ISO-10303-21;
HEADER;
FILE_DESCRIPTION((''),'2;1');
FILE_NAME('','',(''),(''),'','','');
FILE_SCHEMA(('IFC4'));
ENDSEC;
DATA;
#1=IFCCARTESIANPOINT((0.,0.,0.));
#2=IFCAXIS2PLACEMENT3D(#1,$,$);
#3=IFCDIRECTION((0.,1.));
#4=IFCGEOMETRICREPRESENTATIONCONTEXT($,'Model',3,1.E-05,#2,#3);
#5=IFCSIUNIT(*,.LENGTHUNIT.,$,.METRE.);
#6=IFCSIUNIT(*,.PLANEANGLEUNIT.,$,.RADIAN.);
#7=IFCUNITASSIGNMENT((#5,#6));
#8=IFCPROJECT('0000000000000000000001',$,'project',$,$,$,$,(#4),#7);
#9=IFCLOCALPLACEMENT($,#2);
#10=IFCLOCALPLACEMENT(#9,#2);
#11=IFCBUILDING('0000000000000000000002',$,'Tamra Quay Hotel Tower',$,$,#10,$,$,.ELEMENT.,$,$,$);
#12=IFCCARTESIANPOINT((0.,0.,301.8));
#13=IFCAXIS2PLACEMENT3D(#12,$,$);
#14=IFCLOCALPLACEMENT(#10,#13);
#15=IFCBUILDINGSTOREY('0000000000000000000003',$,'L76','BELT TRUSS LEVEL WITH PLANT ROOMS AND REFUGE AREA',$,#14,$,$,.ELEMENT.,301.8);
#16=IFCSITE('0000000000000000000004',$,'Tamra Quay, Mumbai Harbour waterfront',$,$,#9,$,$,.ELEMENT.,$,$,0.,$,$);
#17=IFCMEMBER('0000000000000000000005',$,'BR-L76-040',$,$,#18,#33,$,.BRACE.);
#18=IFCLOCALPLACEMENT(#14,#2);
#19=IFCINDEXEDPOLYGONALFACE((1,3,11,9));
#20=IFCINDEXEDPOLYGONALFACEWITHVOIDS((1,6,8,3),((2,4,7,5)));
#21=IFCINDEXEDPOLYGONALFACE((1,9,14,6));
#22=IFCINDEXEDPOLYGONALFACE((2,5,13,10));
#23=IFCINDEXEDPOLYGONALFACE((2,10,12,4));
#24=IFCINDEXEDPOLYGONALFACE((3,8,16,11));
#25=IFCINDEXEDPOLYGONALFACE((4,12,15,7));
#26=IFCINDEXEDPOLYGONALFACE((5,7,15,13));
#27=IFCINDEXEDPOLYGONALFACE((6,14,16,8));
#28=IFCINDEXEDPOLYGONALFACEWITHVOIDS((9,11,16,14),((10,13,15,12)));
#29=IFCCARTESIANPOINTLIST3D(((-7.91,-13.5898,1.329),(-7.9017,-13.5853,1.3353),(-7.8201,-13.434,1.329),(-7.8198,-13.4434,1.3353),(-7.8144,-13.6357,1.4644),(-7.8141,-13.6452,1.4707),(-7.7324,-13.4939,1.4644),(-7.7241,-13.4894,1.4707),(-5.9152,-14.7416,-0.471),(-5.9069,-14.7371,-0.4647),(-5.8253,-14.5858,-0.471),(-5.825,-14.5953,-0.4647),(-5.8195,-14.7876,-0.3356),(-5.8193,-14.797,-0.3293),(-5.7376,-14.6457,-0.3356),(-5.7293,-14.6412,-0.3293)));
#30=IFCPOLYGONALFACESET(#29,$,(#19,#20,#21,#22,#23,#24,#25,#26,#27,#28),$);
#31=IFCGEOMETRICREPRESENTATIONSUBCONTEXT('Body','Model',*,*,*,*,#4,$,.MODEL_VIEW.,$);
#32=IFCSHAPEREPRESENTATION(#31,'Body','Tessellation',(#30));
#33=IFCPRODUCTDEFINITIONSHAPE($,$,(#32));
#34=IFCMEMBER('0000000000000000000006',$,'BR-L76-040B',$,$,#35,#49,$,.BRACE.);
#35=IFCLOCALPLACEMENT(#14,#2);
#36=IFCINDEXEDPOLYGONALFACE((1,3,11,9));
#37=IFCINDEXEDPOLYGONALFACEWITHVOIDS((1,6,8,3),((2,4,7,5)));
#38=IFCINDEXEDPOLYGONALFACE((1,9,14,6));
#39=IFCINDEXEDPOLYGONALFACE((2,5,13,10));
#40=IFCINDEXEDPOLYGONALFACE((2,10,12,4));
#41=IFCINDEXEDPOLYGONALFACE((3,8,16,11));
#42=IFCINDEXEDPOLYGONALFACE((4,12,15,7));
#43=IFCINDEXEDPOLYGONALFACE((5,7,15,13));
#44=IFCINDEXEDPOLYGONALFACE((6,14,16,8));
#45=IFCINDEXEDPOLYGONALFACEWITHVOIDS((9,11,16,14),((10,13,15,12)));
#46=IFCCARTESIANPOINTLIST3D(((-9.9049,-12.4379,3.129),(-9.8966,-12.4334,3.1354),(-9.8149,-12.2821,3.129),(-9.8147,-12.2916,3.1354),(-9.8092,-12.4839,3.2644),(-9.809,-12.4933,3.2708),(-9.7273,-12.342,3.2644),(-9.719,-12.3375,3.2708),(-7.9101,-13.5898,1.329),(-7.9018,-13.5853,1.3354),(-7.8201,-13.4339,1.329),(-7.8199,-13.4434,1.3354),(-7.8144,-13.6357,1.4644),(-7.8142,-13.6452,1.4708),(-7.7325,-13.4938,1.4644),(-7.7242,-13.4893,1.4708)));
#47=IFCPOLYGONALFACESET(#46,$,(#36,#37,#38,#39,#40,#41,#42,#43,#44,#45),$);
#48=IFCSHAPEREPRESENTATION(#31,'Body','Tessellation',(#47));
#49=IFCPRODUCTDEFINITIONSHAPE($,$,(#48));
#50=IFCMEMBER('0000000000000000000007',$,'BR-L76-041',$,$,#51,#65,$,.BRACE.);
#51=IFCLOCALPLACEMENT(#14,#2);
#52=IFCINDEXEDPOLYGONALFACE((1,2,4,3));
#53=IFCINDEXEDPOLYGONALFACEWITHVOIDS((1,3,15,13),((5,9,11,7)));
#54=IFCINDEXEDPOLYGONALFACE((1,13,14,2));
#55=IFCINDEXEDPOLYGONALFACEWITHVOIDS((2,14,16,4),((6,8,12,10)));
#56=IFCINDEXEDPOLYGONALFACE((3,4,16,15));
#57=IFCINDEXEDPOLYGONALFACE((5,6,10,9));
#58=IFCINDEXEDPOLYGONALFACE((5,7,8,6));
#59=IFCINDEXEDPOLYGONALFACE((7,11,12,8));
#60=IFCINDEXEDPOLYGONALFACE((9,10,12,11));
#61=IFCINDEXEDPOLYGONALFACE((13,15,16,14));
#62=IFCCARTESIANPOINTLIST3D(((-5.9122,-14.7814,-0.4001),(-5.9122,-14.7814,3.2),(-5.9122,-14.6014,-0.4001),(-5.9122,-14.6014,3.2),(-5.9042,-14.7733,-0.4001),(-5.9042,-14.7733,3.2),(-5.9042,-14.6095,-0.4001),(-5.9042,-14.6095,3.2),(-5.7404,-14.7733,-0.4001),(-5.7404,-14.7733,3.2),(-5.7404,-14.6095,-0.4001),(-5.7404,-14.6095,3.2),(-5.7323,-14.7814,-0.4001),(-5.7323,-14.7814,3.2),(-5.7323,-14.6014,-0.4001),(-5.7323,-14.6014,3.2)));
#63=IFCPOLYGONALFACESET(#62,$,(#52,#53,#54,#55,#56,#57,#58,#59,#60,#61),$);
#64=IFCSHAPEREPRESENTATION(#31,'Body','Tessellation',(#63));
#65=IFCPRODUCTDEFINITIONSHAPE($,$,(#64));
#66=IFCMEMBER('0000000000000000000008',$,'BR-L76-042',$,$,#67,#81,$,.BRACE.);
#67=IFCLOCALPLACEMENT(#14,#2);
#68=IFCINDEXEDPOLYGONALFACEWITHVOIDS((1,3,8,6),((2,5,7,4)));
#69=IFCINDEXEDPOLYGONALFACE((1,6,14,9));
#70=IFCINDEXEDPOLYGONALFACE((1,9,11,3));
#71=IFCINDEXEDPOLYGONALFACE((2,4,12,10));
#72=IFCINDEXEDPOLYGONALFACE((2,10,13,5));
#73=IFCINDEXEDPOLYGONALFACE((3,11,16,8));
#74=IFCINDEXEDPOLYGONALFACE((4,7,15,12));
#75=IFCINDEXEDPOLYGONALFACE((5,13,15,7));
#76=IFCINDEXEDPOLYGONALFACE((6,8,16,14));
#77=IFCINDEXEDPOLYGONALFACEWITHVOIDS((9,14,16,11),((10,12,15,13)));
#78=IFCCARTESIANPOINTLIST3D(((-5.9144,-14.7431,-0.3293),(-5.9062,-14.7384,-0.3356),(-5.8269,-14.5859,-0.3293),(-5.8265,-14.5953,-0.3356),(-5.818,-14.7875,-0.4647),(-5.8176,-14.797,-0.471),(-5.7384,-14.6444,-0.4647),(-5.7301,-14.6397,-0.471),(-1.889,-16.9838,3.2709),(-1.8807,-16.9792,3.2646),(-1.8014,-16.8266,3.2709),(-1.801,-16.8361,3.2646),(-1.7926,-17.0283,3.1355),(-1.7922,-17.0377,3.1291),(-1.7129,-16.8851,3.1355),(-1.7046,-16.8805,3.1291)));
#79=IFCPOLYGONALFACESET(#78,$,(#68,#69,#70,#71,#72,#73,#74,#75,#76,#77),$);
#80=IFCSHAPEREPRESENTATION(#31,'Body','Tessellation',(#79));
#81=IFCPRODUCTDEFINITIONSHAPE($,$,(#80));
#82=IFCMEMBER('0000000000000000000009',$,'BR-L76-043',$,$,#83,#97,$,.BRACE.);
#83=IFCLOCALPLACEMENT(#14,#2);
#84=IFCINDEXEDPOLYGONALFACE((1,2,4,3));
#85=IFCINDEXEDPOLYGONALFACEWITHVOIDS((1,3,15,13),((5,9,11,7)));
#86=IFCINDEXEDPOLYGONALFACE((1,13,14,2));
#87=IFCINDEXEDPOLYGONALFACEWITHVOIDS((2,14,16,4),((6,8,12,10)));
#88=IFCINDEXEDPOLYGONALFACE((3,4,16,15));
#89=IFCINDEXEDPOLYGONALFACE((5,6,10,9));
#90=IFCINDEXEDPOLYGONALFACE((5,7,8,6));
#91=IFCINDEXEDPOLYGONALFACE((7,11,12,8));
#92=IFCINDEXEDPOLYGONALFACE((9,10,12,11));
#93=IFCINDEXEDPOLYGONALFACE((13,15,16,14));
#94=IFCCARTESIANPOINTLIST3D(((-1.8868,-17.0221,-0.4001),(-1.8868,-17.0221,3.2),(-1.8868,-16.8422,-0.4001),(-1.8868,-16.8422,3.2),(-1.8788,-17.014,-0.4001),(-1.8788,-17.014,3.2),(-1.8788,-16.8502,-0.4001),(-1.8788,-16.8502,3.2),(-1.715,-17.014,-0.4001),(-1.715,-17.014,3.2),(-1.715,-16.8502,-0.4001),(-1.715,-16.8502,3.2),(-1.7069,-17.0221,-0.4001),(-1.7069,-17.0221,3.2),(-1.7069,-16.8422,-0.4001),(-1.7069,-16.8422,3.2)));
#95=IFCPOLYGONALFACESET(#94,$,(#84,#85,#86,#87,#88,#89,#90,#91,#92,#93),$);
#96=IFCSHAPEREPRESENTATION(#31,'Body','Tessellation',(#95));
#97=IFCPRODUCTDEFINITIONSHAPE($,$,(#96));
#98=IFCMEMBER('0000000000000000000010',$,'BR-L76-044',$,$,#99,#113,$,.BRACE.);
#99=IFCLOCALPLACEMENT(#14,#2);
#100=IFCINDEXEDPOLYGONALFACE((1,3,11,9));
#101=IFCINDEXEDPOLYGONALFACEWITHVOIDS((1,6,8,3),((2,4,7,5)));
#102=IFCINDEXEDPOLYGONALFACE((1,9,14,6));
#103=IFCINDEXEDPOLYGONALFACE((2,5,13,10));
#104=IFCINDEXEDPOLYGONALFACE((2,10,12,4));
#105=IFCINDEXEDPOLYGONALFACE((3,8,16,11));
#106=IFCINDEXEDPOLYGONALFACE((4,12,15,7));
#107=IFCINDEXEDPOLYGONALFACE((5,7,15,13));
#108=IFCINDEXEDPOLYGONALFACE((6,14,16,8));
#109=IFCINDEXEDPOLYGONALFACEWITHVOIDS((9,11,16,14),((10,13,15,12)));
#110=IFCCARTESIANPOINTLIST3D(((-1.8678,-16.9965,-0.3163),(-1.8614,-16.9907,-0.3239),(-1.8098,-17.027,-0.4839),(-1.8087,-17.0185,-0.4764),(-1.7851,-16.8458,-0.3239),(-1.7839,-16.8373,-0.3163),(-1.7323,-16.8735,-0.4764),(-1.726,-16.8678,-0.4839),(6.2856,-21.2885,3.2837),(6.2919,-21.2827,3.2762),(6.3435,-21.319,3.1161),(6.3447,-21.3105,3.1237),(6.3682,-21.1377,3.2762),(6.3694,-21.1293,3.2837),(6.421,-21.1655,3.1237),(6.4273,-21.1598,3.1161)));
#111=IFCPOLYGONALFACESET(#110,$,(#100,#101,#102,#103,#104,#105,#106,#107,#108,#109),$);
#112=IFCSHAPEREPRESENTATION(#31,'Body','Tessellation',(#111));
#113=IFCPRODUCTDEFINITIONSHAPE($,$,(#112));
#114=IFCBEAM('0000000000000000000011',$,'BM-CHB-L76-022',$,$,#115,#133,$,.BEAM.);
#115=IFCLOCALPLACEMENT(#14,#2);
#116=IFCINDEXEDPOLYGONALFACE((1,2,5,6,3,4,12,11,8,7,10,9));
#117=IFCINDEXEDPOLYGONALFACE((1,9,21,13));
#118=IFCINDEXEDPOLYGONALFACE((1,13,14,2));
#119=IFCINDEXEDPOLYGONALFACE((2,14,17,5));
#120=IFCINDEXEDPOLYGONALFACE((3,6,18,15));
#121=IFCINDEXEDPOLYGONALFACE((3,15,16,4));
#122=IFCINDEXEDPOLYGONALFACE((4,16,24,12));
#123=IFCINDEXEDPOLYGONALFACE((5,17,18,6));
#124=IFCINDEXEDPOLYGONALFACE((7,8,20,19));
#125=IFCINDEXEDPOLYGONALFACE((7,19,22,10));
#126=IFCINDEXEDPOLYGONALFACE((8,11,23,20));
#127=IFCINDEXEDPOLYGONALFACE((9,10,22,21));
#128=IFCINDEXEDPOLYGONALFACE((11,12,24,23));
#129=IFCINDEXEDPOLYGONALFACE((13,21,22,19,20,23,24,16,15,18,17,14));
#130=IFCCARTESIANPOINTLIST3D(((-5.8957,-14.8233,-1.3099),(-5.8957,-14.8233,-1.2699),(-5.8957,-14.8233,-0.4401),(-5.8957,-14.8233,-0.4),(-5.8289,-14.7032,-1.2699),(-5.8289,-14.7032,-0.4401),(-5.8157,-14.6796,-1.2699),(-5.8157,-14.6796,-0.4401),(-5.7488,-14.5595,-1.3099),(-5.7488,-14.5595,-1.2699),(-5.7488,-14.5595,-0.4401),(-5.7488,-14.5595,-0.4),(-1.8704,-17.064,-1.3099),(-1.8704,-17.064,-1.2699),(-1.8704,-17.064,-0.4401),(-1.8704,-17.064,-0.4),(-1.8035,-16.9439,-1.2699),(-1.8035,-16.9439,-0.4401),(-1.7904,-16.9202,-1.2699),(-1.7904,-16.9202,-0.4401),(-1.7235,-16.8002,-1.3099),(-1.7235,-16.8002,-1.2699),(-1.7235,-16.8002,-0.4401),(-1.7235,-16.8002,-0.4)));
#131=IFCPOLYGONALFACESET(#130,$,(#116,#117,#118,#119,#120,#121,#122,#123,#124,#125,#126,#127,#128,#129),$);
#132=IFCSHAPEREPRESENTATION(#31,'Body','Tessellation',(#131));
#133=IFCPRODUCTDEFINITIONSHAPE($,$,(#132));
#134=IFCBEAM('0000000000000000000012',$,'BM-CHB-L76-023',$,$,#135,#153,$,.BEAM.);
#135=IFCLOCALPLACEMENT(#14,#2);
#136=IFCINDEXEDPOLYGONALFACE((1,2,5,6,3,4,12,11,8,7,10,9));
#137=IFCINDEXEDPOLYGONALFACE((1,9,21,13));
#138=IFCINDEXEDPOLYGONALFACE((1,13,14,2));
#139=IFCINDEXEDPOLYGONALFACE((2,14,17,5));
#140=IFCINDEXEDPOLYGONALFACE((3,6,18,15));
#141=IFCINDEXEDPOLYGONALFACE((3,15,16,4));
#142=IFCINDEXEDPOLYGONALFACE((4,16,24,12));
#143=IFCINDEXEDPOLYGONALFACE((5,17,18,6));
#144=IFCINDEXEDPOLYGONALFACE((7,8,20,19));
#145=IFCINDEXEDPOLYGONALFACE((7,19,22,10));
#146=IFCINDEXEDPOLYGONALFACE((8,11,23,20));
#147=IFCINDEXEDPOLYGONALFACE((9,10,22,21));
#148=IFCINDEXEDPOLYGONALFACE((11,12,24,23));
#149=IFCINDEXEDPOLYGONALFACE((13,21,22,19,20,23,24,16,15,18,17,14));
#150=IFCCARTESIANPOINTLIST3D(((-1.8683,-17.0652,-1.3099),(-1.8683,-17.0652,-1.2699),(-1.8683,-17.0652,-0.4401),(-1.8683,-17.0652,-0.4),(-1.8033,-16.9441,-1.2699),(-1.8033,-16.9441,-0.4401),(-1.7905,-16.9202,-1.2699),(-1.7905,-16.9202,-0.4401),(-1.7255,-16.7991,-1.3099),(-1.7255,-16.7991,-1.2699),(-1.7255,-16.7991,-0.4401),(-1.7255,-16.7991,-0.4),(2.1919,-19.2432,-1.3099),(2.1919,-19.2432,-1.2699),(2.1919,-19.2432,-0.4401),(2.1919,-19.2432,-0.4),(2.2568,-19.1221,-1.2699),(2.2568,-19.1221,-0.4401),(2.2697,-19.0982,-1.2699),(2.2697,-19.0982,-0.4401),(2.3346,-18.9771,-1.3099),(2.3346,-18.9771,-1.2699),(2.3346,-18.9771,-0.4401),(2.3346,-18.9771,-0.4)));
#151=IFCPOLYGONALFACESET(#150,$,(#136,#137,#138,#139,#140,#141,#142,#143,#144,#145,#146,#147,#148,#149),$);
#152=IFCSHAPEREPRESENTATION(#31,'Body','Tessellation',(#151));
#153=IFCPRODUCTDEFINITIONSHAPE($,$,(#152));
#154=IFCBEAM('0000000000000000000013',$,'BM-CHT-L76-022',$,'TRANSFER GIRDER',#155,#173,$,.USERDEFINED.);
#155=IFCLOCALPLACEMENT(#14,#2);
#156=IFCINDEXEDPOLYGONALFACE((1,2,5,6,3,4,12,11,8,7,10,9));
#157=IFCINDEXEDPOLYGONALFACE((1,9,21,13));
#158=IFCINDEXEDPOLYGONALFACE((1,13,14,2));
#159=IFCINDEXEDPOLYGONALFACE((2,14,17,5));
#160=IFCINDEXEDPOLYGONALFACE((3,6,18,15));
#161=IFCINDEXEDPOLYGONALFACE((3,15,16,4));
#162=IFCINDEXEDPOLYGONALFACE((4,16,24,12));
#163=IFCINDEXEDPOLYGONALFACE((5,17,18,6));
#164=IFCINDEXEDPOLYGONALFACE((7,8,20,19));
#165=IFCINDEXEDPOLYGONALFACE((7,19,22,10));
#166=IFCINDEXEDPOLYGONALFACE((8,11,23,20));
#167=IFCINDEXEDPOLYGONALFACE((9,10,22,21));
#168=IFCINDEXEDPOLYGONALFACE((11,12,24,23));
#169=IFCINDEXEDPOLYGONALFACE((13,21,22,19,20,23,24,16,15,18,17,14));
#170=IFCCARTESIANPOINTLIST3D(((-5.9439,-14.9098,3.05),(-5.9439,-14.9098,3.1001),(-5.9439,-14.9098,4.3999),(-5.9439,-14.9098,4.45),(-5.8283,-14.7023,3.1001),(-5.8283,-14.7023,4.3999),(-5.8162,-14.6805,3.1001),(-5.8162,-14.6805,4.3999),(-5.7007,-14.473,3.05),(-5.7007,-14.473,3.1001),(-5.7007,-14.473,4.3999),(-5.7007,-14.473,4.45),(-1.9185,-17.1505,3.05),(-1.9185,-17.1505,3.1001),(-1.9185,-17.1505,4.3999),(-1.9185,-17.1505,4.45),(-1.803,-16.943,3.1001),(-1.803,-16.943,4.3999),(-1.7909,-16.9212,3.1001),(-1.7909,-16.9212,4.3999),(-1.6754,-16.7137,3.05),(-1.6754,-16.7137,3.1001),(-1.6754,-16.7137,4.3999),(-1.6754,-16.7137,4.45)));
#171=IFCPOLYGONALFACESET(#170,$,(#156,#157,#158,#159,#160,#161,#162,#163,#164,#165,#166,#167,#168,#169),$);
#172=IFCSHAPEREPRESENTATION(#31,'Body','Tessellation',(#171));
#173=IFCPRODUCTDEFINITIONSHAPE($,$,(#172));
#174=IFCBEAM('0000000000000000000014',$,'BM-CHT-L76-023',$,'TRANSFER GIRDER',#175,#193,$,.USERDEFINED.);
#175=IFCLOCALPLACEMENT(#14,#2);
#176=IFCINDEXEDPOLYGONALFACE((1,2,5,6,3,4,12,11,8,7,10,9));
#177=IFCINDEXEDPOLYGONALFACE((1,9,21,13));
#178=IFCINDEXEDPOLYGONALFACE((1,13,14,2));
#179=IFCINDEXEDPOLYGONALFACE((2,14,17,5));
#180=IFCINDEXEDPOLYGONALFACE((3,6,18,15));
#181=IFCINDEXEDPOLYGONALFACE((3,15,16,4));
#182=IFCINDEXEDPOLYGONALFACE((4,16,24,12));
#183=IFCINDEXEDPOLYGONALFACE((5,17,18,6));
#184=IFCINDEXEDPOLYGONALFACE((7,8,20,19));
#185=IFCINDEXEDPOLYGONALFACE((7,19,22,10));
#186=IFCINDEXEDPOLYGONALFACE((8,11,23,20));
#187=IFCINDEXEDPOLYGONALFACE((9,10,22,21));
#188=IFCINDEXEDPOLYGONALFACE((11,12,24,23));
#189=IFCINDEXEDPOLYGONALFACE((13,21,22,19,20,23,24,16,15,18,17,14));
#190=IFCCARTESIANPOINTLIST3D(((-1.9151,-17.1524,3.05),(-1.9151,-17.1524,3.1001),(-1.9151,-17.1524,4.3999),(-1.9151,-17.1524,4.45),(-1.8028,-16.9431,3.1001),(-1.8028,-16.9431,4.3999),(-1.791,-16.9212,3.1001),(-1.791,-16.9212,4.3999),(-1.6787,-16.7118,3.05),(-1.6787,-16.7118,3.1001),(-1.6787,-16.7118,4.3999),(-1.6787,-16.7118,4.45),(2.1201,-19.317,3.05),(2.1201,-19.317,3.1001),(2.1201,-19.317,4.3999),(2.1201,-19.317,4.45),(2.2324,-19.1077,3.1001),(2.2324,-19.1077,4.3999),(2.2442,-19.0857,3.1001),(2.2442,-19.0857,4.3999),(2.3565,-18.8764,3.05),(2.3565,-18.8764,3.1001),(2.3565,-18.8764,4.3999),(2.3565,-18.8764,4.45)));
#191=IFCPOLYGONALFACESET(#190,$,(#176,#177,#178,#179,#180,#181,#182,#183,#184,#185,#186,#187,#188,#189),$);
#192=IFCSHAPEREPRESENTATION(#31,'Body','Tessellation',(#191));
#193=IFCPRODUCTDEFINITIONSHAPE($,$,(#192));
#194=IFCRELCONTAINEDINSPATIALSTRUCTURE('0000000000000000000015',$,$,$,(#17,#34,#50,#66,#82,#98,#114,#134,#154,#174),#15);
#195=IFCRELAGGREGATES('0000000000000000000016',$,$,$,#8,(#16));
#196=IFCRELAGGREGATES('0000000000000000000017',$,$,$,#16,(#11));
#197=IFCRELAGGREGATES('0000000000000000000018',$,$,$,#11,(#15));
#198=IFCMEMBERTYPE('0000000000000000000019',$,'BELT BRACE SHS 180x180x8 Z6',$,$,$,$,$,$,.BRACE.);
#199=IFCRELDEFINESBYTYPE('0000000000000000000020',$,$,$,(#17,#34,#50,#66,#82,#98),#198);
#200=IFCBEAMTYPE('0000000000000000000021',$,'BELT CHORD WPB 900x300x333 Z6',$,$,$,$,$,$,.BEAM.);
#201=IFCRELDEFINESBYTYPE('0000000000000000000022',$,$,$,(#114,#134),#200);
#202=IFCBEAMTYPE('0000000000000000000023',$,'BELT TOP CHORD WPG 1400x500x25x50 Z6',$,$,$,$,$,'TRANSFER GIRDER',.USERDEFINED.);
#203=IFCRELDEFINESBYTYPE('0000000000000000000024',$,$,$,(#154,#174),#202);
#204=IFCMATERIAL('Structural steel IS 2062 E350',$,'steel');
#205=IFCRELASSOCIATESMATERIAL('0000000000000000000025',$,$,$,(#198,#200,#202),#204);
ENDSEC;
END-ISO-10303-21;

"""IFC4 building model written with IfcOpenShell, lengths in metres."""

from ifc_helpers import new_model, si_unit, direction, frame, origin, origin_2d, place, context, subcontext, project, spatial, hollow_rectangle, i_section, extrude, material, material_profile, profile_set, type_object, element, save


model = new_model("IFC4")

# Units and contexts
model_context = context("Model", 3, precision=1e-05, world=origin(), true_north=direction((0.0, 1.0)))
body_context = subcontext(model_context, "Body", "Model", "MODEL_VIEW")
ifc_project = project(units=[si_unit("LENGTHUNIT", "METRE"), si_unit("PLANEANGLEUNIT", "RADIAN")], contexts=[model_context])

# Site, building, storey
site_placement = place(None, origin())
site = spatial("IfcSite", under=ifc_project, at=site_placement, Name="Tamra Quay, Mumbai Harbour waterfront", CompositionType="ELEMENT", RefElevation=0.0)
building_placement = place(site_placement, origin())
building = spatial("IfcBuilding", under=site, at=building_placement, Name="Tamra Quay Hotel Tower", CompositionType="ELEMENT")
storey_placement = place(building_placement, frame((0.0, 0.0, 301.8)))
storey = spatial("IfcBuildingStorey", under=building, at=storey_placement, Name="L76", Description="BELT TRUSS LEVEL WITH PLANT ROOMS AND REFUGE AREA", CompositionType="ELEMENT", Elevation=301.8)

# Members
ifc_material_1 = material(Name="Structural steel IS 2062 E350", Category="steel")
ifc_material_profile_1 = material_profile(ifc_material_1, hollow_rectangle(XDim=0.1799, YDim=0.1799, WallThickness=0.0081, at=origin_2d()), Name="SHS 180x180x8")
ifc_profile_set_1 = profile_set([ifc_material_profile_1], Name="Structural steel IS 2062 E350")
member_type = type_object("IfcMemberType", Name="BELT BRACE SHS 180x180x8 Z6", PredefinedType="BRACE", material=ifc_profile_set_1)
for number, where, z_axis, x_axis, name in (
    (1, (-5.8223, -14.6914, -0.4001), (-0.682373, 0.394008, 0.615731), (-0.500037, -0.866004, 0.0), "BR-L76-040"),
    (2, (-7.8171, -13.5396, 1.3999), (-0.682373, 0.394008, 0.615731), (-0.500037, -0.866004, 0.0), "BR-L76-040B"),
):
    element("IfcMember", number, at=place(storey_placement, frame(where, z_axis=z_axis, x_axis=x_axis)), inside=storey, type_object=member_type, Name=name, PredefinedType="BRACE", context=body_context, shape_type="SweptSolid", body=[
        extrude(hollow_rectangle(XDim=0.1799, YDim=0.1799, WallThickness=0.0081, at=origin_2d()), origin(), (0.0, 0.0, 1.0), 2.9233),
    ])
member_1_placement = place(storey_placement, frame((-5.8223, -14.6914, -0.4001), z_axis=(0.0, 0.0, 1.0), x_axis=(1.0, 0.0, 0.0)))
element("IfcMember", 3, at=member_1_placement, inside=storey, type_object=member_type, Name="BR-L76-041", PredefinedType="BRACE", context=body_context, shape_type="SweptSolid", body=[
    extrude(hollow_rectangle(XDim=0.1799, YDim=0.1799, WallThickness=0.0081, at=origin_2d()), origin(), (0.0, 0.0, 1.0), 3.6001),
])
member_2_placement = place(storey_placement, frame((-5.8223, -14.6914, -0.4001), z_axis=(0.688475, -0.383238, 0.615736), x_axis=(0.486372, 0.873752, 0.0)))
element("IfcMember", 4, at=member_2_placement, inside=storey, type_object=member_type, Name="BR-L76-042", PredefinedType="BRACE", context=body_context, shape_type="SweptSolid", body=[
    extrude(hollow_rectangle(XDim=0.1799, YDim=0.1799, WallThickness=0.0081, at=origin_2d()), origin(), (0.0, 0.0, 1.0), 5.8469),
])
member_3_placement = place(storey_placement, frame((-1.7969, -16.9321, -0.4001), z_axis=(0.0, 0.0, 1.0), x_axis=(1.0, 0.0, 0.0)))
element("IfcMember", 5, at=member_3_placement, inside=storey, type_object=member_type, Name="BR-L76-043", PredefinedType="BRACE", context=body_context, shape_type="SweptSolid", body=[
    extrude(hollow_rectangle(XDim=0.1799, YDim=0.1799, WallThickness=0.0081, at=origin_2d()), origin(), (0.0, 0.0, 1.0), 3.6001),
])
member_4_placement = place(storey_placement, frame((-1.7969, -16.9321, -0.4001), z_axis=(0.824205, -0.43387, 0.363928), x_axis=(0.465812, 0.884884, 0.0)))
element("IfcMember", 6, at=member_4_placement, inside=storey, type_object=member_type, Name="BR-L76-044", PredefinedType="BRACE", context=body_context, shape_type="SweptSolid", body=[
    extrude(hollow_rectangle(XDim=0.1799, YDim=0.1799, WallThickness=0.0081, at=origin_2d()), origin(), (0.0, 0.0, 1.0), 9.8923),
])

# Beams
ifc_material_profile_2 = material_profile(ifc_material_1, i_section(OverallWidth=0.302, OverallDepth=0.9099, WebThickness=0.0271, FlangeThickness=0.04, at=origin_2d()), Name="WPB 900x300x333")
ifc_profile_set_2 = profile_set([ifc_material_profile_2], Name="Structural steel IS 2062 E350")
beam_type_1 = type_object("IfcBeamType", Name="BELT CHORD WPB 900x300x333 Z6", PredefinedType="BEAM", material=ifc_profile_set_2)
beam_1_placement = place(storey_placement, frame((-5.8223, -14.6914, -0.855), z_axis=(0.873752, -0.486372, 0.0), x_axis=(0.486372, 0.873752, 0.0)))
element("IfcBeam", 7, at=beam_1_placement, inside=storey, type_object=beam_type_1, Name="BM-CHB-L76-022", PredefinedType="BEAM", context=body_context, shape_type="SweptSolid", body=[
    extrude(i_section(OverallWidth=0.302, OverallDepth=0.9099, WebThickness=0.0271, FlangeThickness=0.04, at=origin_2d()), origin(), (0.0, 0.0, 1.0), 4.6069),
])
beam_2_placement = place(storey_placement, frame((-1.7969, -16.9321, -0.855), z_axis=(0.881214, -0.472718, 0.0), x_axis=(0.472718, 0.881214, 0.0)))
element("IfcBeam", 8, at=beam_2_placement, inside=storey, type_object=beam_type_1, Name="BM-CHB-L76-023", PredefinedType="BEAM", context=body_context, shape_type="SweptSolid", body=[
    extrude(i_section(OverallWidth=0.302, OverallDepth=0.9099, WebThickness=0.0271, FlangeThickness=0.04, at=origin_2d()), origin(), (0.0, 0.0, 1.0), 4.6074),
])
ifc_material_profile_3 = material_profile(ifc_material_1, i_section(OverallWidth=0.5, OverallDepth=1.3999, WebThickness=0.0249, FlangeThickness=0.05, at=origin_2d()), Name="WPG 1400x500x25x50")
ifc_profile_set_3 = profile_set([ifc_material_profile_3], Name="Structural steel IS 2062 E350")
beam_type_2 = type_object("IfcBeamType", Name="BELT TOP CHORD WPG 1400x500x25x50 Z6", ElementType="TRANSFER GIRDER", PredefinedType="USERDEFINED", material=ifc_profile_set_3)
beam_3_placement = place(storey_placement, frame((-5.8223, -14.6914, 3.75), z_axis=(0.873752, -0.486372, 0.0), x_axis=(0.486372, 0.873752, 0.0)))
element("IfcBeam", 9, at=beam_3_placement, inside=storey, type_object=beam_type_2, Name="BM-CHT-L76-022", ObjectType="TRANSFER GIRDER", PredefinedType="USERDEFINED", context=body_context, shape_type="SweptSolid", body=[
    extrude(i_section(OverallWidth=0.5, OverallDepth=1.3999, WebThickness=0.0249, FlangeThickness=0.05, at=origin_2d()), origin(), (0.0, 0.0, 1.0), 4.6069),
])
beam_4_placement = place(storey_placement, frame((-1.7969, -16.9321, 3.75), z_axis=(0.88122, -0.472707, 0.0), x_axis=(0.472707, 0.88122, 0.0)))
element("IfcBeam", 10, at=beam_4_placement, inside=storey, type_object=beam_type_2, Name="BM-CHT-L76-023", ObjectType="TRANSFER GIRDER", PredefinedType="USERDEFINED", context=body_context, shape_type="SweptSolid", body=[
    extrude(i_section(OverallWidth=0.5, OverallDepth=1.3999, WebThickness=0.0249, FlangeThickness=0.05, at=origin_2d()), origin(), (0.0, 0.0, 1.0), 4.5791),
])

save(model, "model.ifc")
